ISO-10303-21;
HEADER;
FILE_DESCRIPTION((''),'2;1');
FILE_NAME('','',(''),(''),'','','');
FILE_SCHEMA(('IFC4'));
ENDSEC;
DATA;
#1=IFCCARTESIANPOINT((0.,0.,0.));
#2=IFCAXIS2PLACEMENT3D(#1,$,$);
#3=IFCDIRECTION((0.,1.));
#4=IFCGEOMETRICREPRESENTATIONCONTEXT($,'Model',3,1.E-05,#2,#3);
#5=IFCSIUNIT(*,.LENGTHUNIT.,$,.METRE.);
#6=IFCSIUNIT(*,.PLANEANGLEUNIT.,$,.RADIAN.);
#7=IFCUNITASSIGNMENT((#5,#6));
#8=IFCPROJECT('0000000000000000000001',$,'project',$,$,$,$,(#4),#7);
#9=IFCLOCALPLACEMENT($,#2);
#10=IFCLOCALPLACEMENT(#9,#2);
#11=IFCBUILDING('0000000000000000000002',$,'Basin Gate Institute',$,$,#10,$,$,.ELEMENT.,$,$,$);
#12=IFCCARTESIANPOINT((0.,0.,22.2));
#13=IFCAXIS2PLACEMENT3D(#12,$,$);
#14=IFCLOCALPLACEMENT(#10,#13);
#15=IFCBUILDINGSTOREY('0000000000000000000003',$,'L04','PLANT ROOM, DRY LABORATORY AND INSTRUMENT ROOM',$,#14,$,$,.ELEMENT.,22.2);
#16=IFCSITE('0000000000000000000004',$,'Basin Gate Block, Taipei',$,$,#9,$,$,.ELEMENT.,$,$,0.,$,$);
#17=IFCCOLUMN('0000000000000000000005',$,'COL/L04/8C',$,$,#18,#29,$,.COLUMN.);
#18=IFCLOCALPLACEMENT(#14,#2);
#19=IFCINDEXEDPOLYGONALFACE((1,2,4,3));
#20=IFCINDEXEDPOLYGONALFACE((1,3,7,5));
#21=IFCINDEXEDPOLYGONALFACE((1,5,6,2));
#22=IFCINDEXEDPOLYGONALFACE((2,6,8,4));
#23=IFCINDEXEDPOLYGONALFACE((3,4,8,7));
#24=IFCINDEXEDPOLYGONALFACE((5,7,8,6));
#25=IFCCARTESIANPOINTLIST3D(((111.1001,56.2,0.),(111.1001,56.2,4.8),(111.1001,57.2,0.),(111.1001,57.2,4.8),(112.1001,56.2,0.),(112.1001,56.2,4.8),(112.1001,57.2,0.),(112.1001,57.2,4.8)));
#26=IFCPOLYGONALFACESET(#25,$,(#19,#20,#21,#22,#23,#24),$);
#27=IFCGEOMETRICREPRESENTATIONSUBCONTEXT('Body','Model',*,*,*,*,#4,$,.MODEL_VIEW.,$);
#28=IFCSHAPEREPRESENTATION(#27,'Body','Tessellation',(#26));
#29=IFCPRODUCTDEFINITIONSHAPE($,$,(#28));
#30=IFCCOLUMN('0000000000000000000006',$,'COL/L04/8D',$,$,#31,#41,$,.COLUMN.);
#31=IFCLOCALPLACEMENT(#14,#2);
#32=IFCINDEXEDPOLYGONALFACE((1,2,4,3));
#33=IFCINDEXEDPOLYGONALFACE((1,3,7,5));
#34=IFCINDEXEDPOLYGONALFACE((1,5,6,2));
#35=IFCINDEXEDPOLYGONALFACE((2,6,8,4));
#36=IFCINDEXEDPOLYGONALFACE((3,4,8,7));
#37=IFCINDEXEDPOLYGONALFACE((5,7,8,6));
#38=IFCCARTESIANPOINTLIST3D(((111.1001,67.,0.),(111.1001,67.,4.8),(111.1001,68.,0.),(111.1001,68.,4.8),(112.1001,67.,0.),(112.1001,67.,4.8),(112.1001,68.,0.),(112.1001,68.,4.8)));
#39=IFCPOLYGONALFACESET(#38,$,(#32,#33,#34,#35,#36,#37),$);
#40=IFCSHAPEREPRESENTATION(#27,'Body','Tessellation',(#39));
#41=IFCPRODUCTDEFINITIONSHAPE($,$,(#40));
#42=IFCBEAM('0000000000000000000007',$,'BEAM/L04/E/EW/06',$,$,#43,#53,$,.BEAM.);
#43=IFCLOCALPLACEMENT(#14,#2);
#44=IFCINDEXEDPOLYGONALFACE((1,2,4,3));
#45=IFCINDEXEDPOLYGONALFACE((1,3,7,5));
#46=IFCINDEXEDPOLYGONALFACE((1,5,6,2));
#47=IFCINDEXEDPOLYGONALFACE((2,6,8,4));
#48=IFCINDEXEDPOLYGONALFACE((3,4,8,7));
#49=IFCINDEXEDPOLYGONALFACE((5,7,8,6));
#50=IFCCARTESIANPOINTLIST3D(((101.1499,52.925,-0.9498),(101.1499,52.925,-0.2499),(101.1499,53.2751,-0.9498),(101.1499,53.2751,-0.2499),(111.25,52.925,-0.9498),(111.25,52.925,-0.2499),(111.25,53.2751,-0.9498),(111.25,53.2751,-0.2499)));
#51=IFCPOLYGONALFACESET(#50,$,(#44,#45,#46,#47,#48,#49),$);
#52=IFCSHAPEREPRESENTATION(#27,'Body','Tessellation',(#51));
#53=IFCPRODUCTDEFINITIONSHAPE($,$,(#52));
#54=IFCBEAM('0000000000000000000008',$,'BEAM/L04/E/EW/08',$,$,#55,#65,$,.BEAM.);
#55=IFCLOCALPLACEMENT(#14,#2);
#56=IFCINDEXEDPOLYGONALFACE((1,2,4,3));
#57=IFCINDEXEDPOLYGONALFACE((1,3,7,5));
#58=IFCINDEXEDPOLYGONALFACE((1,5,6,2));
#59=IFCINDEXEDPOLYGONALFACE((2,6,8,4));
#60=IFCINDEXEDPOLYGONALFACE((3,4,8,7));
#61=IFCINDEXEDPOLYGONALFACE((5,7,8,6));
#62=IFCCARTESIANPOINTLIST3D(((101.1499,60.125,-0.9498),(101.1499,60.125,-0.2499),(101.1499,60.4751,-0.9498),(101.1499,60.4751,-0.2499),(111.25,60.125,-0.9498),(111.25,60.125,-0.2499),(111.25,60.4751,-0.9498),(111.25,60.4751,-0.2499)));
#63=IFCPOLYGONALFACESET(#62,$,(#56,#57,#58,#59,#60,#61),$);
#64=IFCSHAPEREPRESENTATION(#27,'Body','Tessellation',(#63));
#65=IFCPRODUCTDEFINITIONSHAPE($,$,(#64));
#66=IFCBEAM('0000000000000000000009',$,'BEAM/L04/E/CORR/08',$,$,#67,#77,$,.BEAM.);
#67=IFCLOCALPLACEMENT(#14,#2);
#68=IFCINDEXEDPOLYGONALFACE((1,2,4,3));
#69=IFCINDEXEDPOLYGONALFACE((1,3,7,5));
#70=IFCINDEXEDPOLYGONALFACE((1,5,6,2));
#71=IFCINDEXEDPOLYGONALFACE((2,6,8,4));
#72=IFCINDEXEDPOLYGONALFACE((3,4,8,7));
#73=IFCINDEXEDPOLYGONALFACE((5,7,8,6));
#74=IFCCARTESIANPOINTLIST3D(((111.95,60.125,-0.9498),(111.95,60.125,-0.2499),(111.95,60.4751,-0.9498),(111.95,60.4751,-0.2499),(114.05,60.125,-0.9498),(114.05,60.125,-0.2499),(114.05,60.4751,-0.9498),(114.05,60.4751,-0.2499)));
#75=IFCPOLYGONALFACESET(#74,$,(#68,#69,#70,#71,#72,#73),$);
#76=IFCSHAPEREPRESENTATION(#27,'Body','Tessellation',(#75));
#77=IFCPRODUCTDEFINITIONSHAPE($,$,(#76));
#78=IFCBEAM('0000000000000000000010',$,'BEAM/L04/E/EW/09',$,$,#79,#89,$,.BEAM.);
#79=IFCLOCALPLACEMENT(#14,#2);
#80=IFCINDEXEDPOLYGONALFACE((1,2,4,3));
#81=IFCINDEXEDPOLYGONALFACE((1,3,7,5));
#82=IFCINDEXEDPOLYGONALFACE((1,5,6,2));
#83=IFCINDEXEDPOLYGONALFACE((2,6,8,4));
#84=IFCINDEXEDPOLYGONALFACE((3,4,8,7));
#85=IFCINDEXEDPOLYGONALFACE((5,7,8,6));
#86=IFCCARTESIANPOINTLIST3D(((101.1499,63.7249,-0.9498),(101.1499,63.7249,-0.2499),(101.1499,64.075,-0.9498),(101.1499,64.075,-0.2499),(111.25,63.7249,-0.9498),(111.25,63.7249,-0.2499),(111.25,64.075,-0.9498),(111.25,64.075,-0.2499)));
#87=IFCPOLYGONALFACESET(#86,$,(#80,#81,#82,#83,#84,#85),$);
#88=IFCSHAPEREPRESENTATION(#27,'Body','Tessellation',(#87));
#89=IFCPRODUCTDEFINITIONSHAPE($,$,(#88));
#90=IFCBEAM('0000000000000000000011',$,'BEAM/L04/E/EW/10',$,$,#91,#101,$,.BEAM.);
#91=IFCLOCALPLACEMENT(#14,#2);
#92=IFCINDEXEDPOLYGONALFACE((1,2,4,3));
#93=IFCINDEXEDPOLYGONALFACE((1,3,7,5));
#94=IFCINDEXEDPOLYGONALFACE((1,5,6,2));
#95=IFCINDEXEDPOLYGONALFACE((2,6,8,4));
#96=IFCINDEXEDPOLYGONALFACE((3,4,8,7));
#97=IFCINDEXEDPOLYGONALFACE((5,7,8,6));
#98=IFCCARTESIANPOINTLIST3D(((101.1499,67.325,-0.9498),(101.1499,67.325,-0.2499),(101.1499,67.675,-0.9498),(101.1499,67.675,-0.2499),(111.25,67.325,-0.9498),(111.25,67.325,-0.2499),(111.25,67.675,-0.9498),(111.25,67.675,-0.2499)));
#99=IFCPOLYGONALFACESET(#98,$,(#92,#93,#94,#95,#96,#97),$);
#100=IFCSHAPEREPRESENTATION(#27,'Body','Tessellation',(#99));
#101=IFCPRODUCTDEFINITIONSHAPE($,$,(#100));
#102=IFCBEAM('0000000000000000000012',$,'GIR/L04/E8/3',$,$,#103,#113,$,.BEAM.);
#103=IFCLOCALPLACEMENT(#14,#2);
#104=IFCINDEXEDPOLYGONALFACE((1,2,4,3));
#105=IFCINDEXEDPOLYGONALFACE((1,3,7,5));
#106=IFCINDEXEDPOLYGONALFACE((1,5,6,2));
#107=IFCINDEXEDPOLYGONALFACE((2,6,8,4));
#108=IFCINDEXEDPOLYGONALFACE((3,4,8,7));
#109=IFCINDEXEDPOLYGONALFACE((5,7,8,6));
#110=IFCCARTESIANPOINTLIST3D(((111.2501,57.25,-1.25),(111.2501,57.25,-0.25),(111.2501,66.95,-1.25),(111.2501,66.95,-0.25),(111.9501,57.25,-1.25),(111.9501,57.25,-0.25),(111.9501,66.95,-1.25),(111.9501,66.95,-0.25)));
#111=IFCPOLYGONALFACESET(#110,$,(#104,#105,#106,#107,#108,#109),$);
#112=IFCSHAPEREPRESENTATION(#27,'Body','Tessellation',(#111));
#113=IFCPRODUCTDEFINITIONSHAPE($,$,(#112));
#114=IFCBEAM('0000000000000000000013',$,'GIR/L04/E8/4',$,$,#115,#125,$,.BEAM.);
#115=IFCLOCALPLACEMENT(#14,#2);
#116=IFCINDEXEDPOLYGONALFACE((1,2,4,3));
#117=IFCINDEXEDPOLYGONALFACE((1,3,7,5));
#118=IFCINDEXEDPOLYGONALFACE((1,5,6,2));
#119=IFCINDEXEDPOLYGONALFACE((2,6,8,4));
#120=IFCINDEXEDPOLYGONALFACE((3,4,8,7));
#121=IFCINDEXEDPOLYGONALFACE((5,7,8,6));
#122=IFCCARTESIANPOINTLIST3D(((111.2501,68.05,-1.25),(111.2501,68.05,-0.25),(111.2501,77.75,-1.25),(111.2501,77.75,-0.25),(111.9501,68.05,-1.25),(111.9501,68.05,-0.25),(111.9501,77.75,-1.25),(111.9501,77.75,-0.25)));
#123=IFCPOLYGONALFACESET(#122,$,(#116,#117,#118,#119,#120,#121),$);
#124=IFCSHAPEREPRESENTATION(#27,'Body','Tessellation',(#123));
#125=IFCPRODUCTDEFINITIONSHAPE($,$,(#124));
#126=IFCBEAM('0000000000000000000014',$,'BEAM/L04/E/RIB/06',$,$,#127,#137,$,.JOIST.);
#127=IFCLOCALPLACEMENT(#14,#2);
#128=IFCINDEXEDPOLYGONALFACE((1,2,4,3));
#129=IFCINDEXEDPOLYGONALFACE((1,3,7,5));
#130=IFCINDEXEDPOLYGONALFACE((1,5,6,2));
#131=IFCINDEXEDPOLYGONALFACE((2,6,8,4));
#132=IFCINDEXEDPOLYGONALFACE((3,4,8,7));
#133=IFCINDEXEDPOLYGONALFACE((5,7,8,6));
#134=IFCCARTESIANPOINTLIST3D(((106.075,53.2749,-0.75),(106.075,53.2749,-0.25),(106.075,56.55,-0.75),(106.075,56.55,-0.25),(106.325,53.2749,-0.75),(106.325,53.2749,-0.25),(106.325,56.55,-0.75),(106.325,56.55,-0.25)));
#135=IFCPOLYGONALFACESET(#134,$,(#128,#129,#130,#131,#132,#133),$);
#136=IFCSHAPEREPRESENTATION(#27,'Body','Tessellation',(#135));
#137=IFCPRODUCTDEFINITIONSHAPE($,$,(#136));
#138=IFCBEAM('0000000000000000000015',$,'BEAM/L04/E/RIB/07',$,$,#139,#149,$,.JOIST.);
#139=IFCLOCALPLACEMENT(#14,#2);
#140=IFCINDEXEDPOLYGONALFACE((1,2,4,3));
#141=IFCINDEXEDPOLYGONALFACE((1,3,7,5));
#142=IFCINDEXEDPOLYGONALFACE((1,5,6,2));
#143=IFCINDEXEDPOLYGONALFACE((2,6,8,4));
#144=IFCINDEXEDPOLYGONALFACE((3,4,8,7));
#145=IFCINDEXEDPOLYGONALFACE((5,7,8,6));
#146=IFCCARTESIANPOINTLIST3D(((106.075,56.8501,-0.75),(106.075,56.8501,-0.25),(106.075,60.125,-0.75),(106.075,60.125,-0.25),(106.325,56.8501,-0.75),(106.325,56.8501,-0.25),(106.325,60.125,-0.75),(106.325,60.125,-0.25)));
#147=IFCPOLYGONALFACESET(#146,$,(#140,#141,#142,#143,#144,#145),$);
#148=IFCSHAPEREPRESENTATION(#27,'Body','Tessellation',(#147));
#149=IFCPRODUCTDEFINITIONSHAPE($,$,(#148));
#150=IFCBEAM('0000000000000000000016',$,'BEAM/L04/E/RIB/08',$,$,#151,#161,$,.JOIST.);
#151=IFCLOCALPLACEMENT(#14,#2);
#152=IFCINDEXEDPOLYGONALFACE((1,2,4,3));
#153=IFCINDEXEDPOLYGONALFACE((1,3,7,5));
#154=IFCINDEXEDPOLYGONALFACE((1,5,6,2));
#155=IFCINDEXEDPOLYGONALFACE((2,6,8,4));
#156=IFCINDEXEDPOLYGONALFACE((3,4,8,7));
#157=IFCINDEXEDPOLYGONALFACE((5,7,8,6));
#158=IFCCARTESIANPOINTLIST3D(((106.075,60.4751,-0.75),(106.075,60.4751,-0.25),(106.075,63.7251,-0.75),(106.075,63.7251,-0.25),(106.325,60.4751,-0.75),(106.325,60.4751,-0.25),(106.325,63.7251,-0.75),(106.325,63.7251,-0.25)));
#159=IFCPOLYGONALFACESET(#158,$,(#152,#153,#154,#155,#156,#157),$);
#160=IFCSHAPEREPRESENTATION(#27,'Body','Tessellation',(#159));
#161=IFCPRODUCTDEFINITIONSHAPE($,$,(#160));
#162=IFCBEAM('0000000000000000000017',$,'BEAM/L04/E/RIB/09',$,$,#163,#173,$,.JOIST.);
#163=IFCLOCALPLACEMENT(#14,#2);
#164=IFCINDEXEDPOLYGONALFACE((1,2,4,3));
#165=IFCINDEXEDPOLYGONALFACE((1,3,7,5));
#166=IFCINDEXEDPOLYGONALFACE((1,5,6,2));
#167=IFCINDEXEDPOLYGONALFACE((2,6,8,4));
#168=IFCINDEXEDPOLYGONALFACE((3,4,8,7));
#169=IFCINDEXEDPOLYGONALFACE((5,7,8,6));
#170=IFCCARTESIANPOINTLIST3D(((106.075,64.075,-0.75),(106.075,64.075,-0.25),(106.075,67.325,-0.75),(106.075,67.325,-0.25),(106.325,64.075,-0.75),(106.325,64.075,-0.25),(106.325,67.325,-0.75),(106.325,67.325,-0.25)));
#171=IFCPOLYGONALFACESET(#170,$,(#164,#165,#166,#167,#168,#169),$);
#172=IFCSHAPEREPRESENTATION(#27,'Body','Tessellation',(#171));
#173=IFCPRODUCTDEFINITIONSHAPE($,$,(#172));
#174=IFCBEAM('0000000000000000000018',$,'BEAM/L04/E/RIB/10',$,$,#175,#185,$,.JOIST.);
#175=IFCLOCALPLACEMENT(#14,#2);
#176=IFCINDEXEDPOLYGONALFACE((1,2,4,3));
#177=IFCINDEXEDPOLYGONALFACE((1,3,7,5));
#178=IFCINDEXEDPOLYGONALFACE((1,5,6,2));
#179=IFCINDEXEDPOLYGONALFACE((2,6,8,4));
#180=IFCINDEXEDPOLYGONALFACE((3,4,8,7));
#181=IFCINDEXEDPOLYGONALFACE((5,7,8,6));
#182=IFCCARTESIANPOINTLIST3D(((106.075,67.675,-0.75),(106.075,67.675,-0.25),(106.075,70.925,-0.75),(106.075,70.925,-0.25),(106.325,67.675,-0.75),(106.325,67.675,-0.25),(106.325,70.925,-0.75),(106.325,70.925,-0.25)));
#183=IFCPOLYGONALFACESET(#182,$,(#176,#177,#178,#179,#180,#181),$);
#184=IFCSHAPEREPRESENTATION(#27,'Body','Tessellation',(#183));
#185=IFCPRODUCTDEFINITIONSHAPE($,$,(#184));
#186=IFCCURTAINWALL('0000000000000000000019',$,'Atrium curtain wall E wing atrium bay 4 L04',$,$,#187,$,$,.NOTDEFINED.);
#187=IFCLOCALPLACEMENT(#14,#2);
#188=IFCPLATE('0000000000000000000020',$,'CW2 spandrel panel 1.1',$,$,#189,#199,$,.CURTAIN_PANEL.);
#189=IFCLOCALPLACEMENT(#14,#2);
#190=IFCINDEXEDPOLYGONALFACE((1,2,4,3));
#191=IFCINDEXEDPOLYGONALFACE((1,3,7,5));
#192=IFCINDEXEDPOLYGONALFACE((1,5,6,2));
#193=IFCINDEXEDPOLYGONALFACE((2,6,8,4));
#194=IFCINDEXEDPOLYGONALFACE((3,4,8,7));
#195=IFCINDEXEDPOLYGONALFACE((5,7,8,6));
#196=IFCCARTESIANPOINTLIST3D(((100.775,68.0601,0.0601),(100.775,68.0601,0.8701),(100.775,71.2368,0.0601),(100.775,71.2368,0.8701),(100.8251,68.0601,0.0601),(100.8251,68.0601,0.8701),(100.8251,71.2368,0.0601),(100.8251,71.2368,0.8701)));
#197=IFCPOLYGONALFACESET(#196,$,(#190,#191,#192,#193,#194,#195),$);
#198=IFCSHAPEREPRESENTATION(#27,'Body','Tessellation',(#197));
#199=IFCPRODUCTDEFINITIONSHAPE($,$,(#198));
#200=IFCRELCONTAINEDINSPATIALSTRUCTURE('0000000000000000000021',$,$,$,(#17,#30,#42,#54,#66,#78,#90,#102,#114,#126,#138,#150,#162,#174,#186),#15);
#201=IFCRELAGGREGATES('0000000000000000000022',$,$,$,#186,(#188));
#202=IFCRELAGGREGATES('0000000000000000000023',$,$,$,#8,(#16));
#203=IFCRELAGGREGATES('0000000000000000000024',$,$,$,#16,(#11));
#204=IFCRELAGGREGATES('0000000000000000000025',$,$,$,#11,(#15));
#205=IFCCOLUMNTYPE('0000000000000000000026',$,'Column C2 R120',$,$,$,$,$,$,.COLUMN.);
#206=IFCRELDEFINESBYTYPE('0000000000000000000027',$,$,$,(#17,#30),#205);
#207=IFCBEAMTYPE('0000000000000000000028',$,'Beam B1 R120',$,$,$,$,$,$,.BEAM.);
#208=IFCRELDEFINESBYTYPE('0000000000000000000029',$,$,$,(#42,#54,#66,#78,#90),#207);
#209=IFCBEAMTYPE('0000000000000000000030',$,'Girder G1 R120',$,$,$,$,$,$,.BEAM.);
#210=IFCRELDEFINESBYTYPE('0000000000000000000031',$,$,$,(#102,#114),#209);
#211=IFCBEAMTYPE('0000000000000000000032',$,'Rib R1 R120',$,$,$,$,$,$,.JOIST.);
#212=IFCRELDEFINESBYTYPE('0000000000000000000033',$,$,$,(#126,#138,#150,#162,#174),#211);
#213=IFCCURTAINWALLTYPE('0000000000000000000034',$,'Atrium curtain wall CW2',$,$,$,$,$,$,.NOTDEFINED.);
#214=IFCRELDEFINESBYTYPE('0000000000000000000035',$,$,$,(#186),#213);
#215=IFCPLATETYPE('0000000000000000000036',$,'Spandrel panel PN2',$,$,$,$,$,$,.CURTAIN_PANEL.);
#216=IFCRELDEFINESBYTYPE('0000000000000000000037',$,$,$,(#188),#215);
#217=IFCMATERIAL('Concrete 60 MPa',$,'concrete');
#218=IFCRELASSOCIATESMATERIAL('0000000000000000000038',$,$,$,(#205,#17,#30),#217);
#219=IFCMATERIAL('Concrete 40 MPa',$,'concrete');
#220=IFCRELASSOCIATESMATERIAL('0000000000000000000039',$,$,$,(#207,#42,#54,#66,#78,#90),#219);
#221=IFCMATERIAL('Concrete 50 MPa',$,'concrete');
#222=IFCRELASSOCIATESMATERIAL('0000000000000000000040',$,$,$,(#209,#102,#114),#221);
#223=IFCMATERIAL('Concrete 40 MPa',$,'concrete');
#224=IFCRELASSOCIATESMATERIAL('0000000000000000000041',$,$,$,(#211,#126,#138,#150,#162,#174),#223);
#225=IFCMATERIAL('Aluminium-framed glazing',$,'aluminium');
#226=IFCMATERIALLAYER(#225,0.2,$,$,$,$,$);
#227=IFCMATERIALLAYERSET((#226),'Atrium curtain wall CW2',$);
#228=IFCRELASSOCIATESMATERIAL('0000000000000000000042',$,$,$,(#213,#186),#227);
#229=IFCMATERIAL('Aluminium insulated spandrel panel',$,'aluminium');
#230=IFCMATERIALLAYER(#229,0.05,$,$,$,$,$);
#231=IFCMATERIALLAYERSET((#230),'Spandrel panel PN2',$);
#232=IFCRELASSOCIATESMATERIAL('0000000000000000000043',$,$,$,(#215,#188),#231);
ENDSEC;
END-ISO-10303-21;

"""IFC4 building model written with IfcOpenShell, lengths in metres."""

from ifc_helpers import new_model, si_unit, direction, frame, origin, origin_2d, place, context, subcontext, project, spatial, rectangle, extrude, material, layer, layer_set, material_profile, profile_set, type_object, element, aggregate, save


model = new_model("IFC4")

# Units and contexts
model_context = context("Model", 3, precision=1e-05, world=origin(), true_north=direction((0.0, 1.0)))
body_context = subcontext(model_context, "Body", "Model", "MODEL_VIEW")
ifc_project = project(units=[si_unit("LENGTHUNIT", "METRE"), si_unit("PLANEANGLEUNIT", "RADIAN")], contexts=[model_context])

# Site, building, storey
site_placement = place(None, origin())
site = spatial("IfcSite", under=ifc_project, at=site_placement, Name="Basin Gate Block, Taipei", CompositionType="ELEMENT", RefElevation=0.0)
building_placement = place(site_placement, origin())
building = spatial("IfcBuilding", under=site, at=building_placement, Name="Basin Gate Institute", CompositionType="ELEMENT")
storey_placement = place(building_placement, frame((0.0, 0.0, 22.2)))
storey = spatial("IfcBuildingStorey", under=building, at=storey_placement, Name="L04", Description="PLANT ROOM, DRY LABORATORY AND INSTRUMENT ROOM", CompositionType="ELEMENT", Elevation=22.2)

# Columns
ifc_material_1 = material(Name="Concrete 60 MPa", Category="concrete")
ifc_material_profile_1 = material_profile(ifc_material_1, rectangle(XDim=1.0, YDim=1.0, at=origin_2d()), Name="Column C2 1000 x 1000")
ifc_profile_set_1 = profile_set([ifc_material_profile_1], Name="Concrete 60 MPa")
column_type = type_object("IfcColumnType", Name="Column C2 R120", PredefinedType="COLUMN", material=ifc_profile_set_1)
for number, where, z_axis, x_axis, name in (
    (1, (111.6001, 56.7, 0.0), (0.0, 0.0, 1.0), (1.0, 0.0, 0.0), "COL/L04/8C"),
    (2, (111.6001, 67.5, 0.0), (0.0, 0.0, 1.0), (1.0, 0.0, 0.0), "COL/L04/8D"),
):
    element("IfcColumn", number, at=place(storey_placement, frame(where, z_axis=z_axis, x_axis=x_axis)), inside=storey, type_object=column_type, material=ifc_profile_set_1, Name=name, PredefinedType="COLUMN", context=body_context, shape_type="SweptSolid", body=[
        extrude(rectangle(XDim=1.0, YDim=1.0, at=origin_2d()), origin(), (0.0, 0.0, 1.0), 4.8),
    ])

# Beams
ifc_material_2 = material(Name="Concrete 40 MPa", Category="concrete")
ifc_material_profile_2 = material_profile(ifc_material_2, rectangle(XDim=0.3501, YDim=0.7, at=origin_2d()), Name="Beam B1 350 x 700")
ifc_profile_set_2 = profile_set([ifc_material_profile_2], Name="Concrete 40 MPa")
beam_type_1 = type_object("IfcBeamType", Name="Beam B1 R120", PredefinedType="BEAM", material=ifc_profile_set_2)
for number, where, z_axis, x_axis, name in (
    (3, (111.25, 53.1001, -0.5999), (-1.0, 0.0, 0.0), (0.0, -1.0, 0.0), "BEAM/L04/E/EW/06"),
    (4, (111.25, 60.3, -0.5999), (-1.0, 0.0, 0.0), (0.0, -1.0, 0.0), "BEAM/L04/E/EW/08"),
):
    element("IfcBeam", number, at=place(storey_placement, frame(where, z_axis=z_axis, x_axis=x_axis)), inside=storey, type_object=beam_type_1, material=ifc_profile_set_2, Name=name, PredefinedType="BEAM", context=body_context, shape_type="SweptSolid", body=[
        extrude(rectangle(XDim=0.3501, YDim=0.7, at=origin_2d()), origin(), (0.0, 0.0, 1.0), 10.1001),
    ])
beam_1_placement = place(storey_placement, frame((114.05, 60.3, -0.5999), z_axis=(-1.0, 0.0, 0.0), x_axis=(0.0, -1.0, 0.0)))
element("IfcBeam", 5, at=beam_1_placement, inside=storey, type_object=beam_type_1, material=ifc_profile_set_2, Name="BEAM/L04/E/CORR/08", PredefinedType="BEAM", context=body_context, shape_type="SweptSolid", body=[
    extrude(rectangle(XDim=0.3501, YDim=0.7, at=origin_2d()), origin(), (0.0, 0.0, 1.0), 2.1001),
])
for number, where, z_axis, x_axis, name in (
    (6, (111.25, 63.8999, -0.5999), (-1.0, 0.0, 0.0), (0.0, -1.0, 0.0), "BEAM/L04/E/EW/09"),
    (7, (111.25, 67.5, -0.5999), (-1.0, 0.0, 0.0), (0.0, -1.0, 0.0), "BEAM/L04/E/EW/10"),
):
    element("IfcBeam", number, at=place(storey_placement, frame(where, z_axis=z_axis, x_axis=x_axis)), inside=storey, type_object=beam_type_1, material=ifc_profile_set_2, Name=name, PredefinedType="BEAM", context=body_context, shape_type="SweptSolid", body=[
        extrude(rectangle(XDim=0.3501, YDim=0.7, at=origin_2d()), origin(), (0.0, 0.0, 1.0), 10.1001),
    ])
ifc_material_3 = material(Name="Concrete 50 MPa", Category="concrete")
ifc_material_profile_3 = material_profile(ifc_material_3, rectangle(XDim=0.7, YDim=1.0, at=origin_2d()), Name="Girder G1 700 x 1000")
ifc_profile_set_3 = profile_set([ifc_material_profile_3], Name="Concrete 50 MPa")
beam_type_2 = type_object("IfcBeamType", Name="Girder G1 R120", PredefinedType="BEAM", material=ifc_profile_set_3)
for number, where, z_axis, x_axis, name in (
    (8, (111.6001, 57.25, -0.75), (0.0, 1.0, 0.0), (-1.0, 0.0, 0.0), "GIR/L04/E8/3"),
    (9, (111.6001, 68.05, -0.75), (0.0, 1.0, 0.0), (-1.0, 0.0, 0.0), "GIR/L04/E8/4"),
):
    element("IfcBeam", number, at=place(storey_placement, frame(where, z_axis=z_axis, x_axis=x_axis)), inside=storey, type_object=beam_type_2, material=ifc_profile_set_3, Name=name, PredefinedType="BEAM", context=body_context, shape_type="SweptSolid", body=[
        extrude(rectangle(XDim=0.7, YDim=1.0, at=origin_2d()), origin(), (0.0, 0.0, 1.0), 9.7),
    ])
ifc_material_4 = material(Name="Concrete 40 MPa", Category="concrete")
ifc_material_profile_4 = material_profile(ifc_material_4, rectangle(XDim=0.25, YDim=0.5, at=origin_2d()), Name="Rib R1 250 x 500")
ifc_profile_set_4 = profile_set([ifc_material_profile_4], Name="Concrete 40 MPa")
beam_type_3 = type_object("IfcBeamType", Name="Rib R1 R120", PredefinedType="JOIST", material=ifc_profile_set_4)
beam_2_placement = place(storey_placement, frame((106.2, 53.2749, -0.5), z_axis=(0.0, 1.0, 0.0), x_axis=(-1.0, 0.0, 0.0)))
element("IfcBeam", 10, at=beam_2_placement, inside=storey, type_object=beam_type_3, material=ifc_profile_set_4, Name="BEAM/L04/E/RIB/06", PredefinedType="JOIST", context=body_context, shape_type="SweptSolid", body=[
    extrude(rectangle(XDim=0.25, YDim=0.5, at=origin_2d()), origin(), (0.0, 0.0, 1.0), 3.2751),
])
beam_3_placement = place(storey_placement, frame((106.2, 56.8501, -0.5), z_axis=(0.0, 1.0, 0.0), x_axis=(-1.0, 0.0, 0.0)))
element("IfcBeam", 11, at=beam_3_placement, inside=storey, type_object=beam_type_3, material=ifc_profile_set_4, Name="BEAM/L04/E/RIB/07", PredefinedType="JOIST", context=body_context, shape_type="SweptSolid", body=[
    extrude(rectangle(XDim=0.25, YDim=0.5, at=origin_2d()), origin(), (0.0, 0.0, 1.0), 3.2749),
])
for number, where, z_axis, x_axis, name in (
    (12, (106.2, 60.4751, -0.5), (0.0, 1.0, 0.0), (-1.0, 0.0, 0.0), "BEAM/L04/E/RIB/08"),
    (13, (106.2, 64.075, -0.5), (0.0, 1.0, 0.0), (-1.0, 0.0, 0.0), "BEAM/L04/E/RIB/09"),
    (14, (106.2, 67.675, -0.5), (0.0, 1.0, 0.0), (-1.0, 0.0, 0.0), "BEAM/L04/E/RIB/10"),
):
    element("IfcBeam", number, at=place(storey_placement, frame(where, z_axis=z_axis, x_axis=x_axis)), inside=storey, type_object=beam_type_3, material=ifc_profile_set_4, Name=name, PredefinedType="JOIST", context=body_context, shape_type="SweptSolid", body=[
        extrude(rectangle(XDim=0.25, YDim=0.5, at=origin_2d()), origin(), (0.0, 0.0, 1.0), 3.25),
    ])

# Curtain wall, plate
ifc_material_5 = material(Name="Aluminium-framed glazing", Category="aluminium")
ifc_layer_1 = layer(ifc_material_5, 0.2)
ifc_layer_set_1 = layer_set([ifc_layer_1], Name="Atrium curtain wall CW2")
curtain_wall_type = type_object("IfcCurtainWallType", Name="Atrium curtain wall CW2", PredefinedType="NOTDEFINED", material=ifc_layer_set_1)
curtain_wall_placement = place(storey_placement, origin())
curtain_wall = element("IfcCurtainWall", 15, at=curtain_wall_placement, inside=storey, type_object=curtain_wall_type, material=ifc_layer_set_1, Name="Atrium curtain wall E wing atrium bay 4 L04", PredefinedType="NOTDEFINED")
ifc_material_6 = material(Name="Aluminium insulated spandrel panel", Category="aluminium")
ifc_layer_2 = layer(ifc_material_6, 0.05)
ifc_layer_set_2 = layer_set([ifc_layer_2], Name="Spandrel panel PN2")
plate_type_1 = type_object("IfcPlateType", Name="Spandrel panel PN2", PredefinedType="CURTAIN_PANEL", material=ifc_layer_set_2)
plate_1_placement = place(storey_placement, frame((100.8, 69.6484, 0.0601), z_axis=(0.0, 0.0, 1.0), x_axis=(0.0, 1.0, 0.0)))
plate_1 = element("IfcPlate", 16, at=plate_1_placement, type_object=plate_type_1, material=ifc_layer_set_2, Name="CW2 spandrel panel 1.1", PredefinedType="CURTAIN_PANEL", context=body_context, shape_type="SweptSolid", body=[
    extrude(rectangle(XDim=3.1768, YDim=0.05, at=origin_2d()), origin(), (0.0, 0.0, 1.0), 0.8101),
])
aggregate(curtain_wall, [plate_1])

save(model, "model.ifc")
